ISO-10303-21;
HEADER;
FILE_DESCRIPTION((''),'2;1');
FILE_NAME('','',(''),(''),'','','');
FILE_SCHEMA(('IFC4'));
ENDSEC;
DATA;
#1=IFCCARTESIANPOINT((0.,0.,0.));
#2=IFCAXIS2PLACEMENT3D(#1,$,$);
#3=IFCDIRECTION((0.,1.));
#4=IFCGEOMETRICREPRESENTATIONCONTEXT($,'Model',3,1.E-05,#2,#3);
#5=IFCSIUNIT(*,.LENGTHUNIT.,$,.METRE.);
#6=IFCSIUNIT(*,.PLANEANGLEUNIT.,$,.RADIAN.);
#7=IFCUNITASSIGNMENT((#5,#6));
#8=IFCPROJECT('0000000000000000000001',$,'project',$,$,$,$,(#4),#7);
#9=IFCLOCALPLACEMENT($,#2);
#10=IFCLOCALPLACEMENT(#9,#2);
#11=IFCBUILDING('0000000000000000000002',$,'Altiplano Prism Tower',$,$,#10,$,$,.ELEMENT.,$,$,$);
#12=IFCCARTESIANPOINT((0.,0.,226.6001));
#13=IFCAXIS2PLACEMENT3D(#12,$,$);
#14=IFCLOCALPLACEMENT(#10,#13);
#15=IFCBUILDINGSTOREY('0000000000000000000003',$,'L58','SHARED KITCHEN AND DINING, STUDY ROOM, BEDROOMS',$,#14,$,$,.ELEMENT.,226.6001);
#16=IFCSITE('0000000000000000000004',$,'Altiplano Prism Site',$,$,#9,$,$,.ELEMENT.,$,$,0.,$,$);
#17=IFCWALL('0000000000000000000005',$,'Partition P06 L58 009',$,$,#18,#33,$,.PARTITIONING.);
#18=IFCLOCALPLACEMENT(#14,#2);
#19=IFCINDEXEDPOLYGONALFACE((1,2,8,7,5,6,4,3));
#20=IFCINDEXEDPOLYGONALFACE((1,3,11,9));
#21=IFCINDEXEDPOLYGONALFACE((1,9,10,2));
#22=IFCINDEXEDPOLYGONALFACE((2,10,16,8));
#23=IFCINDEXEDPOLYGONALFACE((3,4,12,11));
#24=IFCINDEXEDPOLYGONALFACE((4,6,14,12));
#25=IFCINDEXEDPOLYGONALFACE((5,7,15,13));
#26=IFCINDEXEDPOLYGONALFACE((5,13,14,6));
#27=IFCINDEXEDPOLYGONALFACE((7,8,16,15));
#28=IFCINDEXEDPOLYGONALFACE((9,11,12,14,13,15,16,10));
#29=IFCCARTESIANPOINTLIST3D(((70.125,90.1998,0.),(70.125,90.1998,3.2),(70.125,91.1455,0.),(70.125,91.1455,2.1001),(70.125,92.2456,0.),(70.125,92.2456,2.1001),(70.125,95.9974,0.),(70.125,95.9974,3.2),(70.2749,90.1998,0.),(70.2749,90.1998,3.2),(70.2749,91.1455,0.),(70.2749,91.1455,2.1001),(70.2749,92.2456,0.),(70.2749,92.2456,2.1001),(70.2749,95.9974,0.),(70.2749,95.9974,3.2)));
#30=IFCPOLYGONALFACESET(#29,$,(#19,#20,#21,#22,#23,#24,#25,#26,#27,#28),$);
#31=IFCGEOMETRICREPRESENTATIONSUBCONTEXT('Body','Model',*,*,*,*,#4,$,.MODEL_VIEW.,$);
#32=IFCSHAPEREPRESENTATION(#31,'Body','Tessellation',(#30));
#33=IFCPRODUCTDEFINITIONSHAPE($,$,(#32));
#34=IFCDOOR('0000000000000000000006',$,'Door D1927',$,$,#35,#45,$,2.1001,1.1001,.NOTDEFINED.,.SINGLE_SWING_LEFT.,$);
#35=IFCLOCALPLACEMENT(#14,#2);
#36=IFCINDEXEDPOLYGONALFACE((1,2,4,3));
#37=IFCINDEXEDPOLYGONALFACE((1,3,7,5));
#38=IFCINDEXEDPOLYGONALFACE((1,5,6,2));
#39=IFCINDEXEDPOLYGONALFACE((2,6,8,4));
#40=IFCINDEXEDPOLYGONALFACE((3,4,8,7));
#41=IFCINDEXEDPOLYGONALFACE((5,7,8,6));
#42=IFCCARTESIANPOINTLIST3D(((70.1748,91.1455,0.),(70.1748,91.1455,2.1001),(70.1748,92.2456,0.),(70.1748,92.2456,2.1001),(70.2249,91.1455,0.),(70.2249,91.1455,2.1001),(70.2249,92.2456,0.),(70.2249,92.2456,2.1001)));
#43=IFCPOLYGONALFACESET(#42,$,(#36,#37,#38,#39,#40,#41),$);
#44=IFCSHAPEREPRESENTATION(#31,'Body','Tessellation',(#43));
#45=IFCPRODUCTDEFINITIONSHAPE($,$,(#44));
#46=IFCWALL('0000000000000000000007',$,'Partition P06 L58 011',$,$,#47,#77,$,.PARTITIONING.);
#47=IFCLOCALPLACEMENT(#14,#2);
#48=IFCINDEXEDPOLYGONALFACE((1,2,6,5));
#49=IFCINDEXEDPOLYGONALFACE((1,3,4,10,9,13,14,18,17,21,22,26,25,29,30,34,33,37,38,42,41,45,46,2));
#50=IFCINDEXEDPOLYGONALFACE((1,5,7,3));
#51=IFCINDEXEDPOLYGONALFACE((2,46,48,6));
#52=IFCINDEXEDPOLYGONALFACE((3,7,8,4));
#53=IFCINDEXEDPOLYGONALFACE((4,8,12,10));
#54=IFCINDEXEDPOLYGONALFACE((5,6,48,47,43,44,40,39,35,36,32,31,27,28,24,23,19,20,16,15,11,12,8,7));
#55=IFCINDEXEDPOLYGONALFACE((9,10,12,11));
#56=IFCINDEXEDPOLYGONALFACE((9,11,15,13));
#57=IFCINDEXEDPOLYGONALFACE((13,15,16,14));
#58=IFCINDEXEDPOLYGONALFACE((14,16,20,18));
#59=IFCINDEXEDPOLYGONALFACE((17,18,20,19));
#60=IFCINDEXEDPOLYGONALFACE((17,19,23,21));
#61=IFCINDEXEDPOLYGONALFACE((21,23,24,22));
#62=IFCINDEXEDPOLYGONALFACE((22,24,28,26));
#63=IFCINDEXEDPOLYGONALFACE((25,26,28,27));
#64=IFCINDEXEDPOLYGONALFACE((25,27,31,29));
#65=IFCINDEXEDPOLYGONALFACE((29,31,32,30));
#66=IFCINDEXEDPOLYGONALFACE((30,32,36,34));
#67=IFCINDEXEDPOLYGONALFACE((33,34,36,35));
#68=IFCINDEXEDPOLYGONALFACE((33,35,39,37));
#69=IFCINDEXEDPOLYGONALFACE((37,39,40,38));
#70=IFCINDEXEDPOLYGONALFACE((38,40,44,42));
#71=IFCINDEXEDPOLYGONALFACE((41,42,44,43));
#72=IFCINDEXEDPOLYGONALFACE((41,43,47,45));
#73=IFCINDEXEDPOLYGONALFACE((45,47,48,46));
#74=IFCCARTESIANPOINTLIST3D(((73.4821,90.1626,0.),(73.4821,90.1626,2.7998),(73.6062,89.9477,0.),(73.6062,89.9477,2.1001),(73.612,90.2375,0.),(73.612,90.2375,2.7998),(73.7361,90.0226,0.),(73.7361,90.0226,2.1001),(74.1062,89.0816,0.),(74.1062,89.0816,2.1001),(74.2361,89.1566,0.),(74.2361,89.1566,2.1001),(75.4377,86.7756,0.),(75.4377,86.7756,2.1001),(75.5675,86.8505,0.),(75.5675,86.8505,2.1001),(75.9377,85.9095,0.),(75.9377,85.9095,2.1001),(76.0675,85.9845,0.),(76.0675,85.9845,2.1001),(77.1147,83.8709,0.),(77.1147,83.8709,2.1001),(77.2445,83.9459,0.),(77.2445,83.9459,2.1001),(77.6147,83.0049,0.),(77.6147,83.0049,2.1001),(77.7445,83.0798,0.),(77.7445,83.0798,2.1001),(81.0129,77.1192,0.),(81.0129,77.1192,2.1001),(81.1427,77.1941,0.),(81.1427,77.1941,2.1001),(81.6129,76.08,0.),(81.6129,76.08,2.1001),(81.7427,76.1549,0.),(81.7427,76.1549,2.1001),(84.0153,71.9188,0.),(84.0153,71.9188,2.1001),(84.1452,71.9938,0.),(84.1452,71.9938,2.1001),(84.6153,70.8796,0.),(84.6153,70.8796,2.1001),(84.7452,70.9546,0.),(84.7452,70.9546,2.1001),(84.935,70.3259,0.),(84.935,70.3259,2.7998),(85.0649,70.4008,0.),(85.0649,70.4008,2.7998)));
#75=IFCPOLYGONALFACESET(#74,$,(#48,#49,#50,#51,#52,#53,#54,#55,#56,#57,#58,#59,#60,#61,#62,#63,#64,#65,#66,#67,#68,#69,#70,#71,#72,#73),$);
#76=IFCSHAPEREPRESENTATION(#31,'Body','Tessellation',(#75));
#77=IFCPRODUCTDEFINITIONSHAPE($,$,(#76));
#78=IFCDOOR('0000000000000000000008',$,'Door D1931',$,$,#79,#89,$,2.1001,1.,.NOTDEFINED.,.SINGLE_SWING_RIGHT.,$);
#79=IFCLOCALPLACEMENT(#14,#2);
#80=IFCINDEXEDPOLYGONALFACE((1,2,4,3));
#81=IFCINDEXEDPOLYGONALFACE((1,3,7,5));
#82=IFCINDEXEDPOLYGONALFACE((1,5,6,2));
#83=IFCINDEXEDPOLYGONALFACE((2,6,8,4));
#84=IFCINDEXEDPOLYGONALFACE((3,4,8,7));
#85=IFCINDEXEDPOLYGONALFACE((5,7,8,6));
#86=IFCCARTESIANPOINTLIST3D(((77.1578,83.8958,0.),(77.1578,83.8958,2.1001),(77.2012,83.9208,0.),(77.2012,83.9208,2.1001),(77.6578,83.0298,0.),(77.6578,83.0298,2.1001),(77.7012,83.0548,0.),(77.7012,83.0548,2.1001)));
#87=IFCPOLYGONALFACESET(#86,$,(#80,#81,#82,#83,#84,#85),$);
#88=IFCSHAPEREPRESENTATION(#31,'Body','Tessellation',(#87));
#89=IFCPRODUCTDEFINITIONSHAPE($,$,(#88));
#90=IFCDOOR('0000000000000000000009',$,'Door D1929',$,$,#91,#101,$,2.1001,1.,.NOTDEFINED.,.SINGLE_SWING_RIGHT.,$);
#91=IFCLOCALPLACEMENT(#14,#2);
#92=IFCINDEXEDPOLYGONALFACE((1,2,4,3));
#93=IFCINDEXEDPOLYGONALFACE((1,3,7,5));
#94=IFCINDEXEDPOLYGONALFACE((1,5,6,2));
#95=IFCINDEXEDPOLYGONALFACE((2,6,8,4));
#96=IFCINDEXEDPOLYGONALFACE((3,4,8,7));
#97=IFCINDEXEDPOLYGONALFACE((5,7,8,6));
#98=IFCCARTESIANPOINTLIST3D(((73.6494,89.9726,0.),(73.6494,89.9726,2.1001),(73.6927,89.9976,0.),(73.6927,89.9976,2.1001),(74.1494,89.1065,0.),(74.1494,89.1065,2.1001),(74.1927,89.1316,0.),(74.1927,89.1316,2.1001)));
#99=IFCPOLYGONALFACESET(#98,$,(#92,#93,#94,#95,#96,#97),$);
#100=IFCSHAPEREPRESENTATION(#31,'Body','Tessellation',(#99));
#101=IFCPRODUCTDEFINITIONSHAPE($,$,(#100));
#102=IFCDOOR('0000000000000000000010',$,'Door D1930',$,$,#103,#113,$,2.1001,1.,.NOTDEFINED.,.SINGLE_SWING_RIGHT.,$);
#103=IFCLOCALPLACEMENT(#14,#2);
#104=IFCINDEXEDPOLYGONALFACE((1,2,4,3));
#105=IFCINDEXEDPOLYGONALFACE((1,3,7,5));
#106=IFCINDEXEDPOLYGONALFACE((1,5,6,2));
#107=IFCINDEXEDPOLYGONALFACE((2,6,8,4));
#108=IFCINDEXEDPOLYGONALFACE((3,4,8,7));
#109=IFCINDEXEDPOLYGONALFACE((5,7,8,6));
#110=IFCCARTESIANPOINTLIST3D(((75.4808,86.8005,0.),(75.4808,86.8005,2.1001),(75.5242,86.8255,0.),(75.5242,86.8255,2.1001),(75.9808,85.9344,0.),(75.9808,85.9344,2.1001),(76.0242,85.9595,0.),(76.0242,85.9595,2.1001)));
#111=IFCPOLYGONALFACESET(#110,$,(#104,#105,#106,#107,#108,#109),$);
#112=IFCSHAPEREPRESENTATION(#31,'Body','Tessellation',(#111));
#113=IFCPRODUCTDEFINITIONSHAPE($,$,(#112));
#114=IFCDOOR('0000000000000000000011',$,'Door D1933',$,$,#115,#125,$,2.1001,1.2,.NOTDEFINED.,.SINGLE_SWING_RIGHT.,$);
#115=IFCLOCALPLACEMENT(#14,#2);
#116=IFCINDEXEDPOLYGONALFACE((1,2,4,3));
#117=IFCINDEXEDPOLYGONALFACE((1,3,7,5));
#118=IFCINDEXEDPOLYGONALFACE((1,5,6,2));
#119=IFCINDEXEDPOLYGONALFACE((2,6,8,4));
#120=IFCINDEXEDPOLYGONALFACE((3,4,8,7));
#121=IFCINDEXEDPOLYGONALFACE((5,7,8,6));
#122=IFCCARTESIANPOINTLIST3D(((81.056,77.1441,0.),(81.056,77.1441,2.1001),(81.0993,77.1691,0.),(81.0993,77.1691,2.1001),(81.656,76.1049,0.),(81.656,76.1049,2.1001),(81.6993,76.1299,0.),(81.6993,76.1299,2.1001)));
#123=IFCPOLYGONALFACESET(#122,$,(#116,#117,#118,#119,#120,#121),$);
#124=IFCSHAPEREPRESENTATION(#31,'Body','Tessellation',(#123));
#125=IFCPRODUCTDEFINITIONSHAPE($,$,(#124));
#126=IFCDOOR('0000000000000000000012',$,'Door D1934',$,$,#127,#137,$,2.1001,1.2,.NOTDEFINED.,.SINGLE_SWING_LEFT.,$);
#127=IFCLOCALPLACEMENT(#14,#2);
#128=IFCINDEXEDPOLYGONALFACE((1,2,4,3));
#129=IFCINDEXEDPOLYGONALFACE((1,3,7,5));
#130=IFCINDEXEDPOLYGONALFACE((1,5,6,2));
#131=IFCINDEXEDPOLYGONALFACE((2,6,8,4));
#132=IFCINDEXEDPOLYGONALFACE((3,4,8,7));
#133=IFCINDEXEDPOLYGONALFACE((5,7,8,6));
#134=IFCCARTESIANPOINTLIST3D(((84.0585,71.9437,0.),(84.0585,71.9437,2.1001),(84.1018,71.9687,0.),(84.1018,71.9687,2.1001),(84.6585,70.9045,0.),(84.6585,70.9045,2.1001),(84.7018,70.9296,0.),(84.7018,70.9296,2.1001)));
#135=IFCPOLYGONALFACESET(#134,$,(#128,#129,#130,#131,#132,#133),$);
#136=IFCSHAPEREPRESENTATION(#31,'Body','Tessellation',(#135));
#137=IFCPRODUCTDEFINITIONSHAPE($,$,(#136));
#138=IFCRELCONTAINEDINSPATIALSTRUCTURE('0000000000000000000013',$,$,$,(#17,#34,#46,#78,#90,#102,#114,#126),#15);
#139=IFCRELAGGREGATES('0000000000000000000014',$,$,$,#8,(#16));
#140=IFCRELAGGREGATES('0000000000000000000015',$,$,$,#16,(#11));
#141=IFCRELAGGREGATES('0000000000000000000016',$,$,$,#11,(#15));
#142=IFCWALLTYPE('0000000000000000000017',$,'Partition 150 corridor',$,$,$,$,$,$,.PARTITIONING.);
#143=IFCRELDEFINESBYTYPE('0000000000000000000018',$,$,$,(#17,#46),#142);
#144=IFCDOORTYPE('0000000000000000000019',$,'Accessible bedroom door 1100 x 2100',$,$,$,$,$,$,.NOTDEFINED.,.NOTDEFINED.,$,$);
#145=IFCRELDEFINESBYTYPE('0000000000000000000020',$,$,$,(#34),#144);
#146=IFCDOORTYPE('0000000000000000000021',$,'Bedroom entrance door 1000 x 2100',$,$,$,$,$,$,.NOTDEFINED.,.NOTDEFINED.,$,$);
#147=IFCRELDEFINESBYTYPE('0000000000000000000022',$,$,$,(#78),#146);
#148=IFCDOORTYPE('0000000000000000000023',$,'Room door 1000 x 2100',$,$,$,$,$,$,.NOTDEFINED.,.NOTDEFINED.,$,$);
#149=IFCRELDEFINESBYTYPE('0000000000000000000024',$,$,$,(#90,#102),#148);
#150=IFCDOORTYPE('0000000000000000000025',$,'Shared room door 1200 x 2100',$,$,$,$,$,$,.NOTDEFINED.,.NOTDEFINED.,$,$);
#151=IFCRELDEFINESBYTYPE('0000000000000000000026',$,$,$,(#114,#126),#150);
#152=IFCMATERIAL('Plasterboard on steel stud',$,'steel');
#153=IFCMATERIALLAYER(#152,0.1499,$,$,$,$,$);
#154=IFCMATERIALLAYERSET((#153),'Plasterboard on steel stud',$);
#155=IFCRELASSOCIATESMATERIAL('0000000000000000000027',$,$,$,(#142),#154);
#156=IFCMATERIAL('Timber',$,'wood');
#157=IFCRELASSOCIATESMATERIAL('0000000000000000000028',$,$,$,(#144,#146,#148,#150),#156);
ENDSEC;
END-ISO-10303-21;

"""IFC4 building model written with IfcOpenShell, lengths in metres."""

from ifc_helpers import new_model, si_unit, direction, frame, frame_2d, origin, place, context, subcontext, project, spatial, rectangle, extrude, material, layer, layer_set, type_object, element, fill, save


model = new_model("IFC4")

# Units and contexts
model_context = context("Model", 3, precision=1e-05, world=origin(), true_north=direction((0.0, 1.0)))
body_context = subcontext(model_context, "Body", "Model", "MODEL_VIEW")
ifc_project = project(units=[si_unit("LENGTHUNIT", "METRE"), si_unit("PLANEANGLEUNIT", "RADIAN")], contexts=[model_context])

# Site, building, storey
site_placement = place(None, origin())
site = spatial("IfcSite", under=ifc_project, at=site_placement, Name="Altiplano Prism Site", CompositionType="ELEMENT", RefElevation=0.0)
building_placement = place(site_placement, origin())
building = spatial("IfcBuilding", under=site, at=building_placement, Name="Altiplano Prism Tower", CompositionType="ELEMENT")
storey_placement = place(building_placement, frame((0.0, 0.0, 226.6001)))
storey = spatial("IfcBuildingStorey", under=building, at=storey_placement, Name="L58", Description="SHARED KITCHEN AND DINING, STUDY ROOM, BEDROOMS", CompositionType="ELEMENT", Elevation=226.6001)

# Shared definitions
ifc_material_1 = material(Name="Plasterboard on steel stud", Category="steel")
ifc_layer_1 = layer(ifc_material_1, 0.1499)
ifc_layer_set_1 = layer_set([ifc_layer_1], Name="Plasterboard on steel stud")
wall_type_1 = type_object("IfcWallType", Name="Partition 150 corridor", PredefinedType="PARTITIONING", material=ifc_layer_set_1)

# Wall, opening, door
wall_1_placement = place(storey_placement, frame((70.2, 95.9976, 0.0), z_axis=(0.0, 0.0, 1.0), x_axis=(0.0, -1.0, 0.0)))
wall_1 = element("IfcWall", 1, at=wall_1_placement, inside=storey, type_object=wall_type_1, Name="Partition P06 L58 009", PredefinedType="PARTITIONING", context=body_context, shape_type="SweptSolid", body=[
    extrude(rectangle(XDim=5.7976, YDim=0.1499, at=frame_2d((2.8989, 0.0))), origin(), (0.0, 0.0, 1.0), 3.2),
])
opening_1_placement = place(wall_1_placement, frame((3.752, 0.0, 0.0)))
opening_1 = element("IfcOpeningElement", 2, at=opening_1_placement, cuts=wall_1, PredefinedType="OPENING", context=body_context, shape_type="SweptSolid", body=[
    extrude(rectangle(XDim=1.1001, YDim=2.1001, at=frame_2d((0.55, 1.05))), frame((0.0, 0.0854, 0.0), z_axis=(0.0, -1.0, 0.0), x_axis=(1.0, 0.0, 0.0)), (0.0, 0.0, 1.0), 0.1709),
])
ifc_material_2 = material(Name="Timber", Category="wood")
door_type_1 = type_object("IfcDoorType", Name="Accessible bedroom door 1100 x 2100", OperationType="NOTDEFINED", PredefinedType="NOTDEFINED", material=ifc_material_2)
door_1_placement = place(opening_1_placement, origin())
door_1 = element("IfcDoor", 3, at=door_1_placement, inside=storey, type_object=door_type_1, Name="Door D1927", OperationType="SINGLE_SWING_LEFT", OverallHeight=2.1001, OverallWidth=1.1001, PredefinedType="NOTDEFINED", context=body_context, shape_type="SweptSolid", body=[
    extrude(rectangle(XDim=1.1001, YDim=2.1001, at=frame_2d((0.55, 1.05))), frame((0.0, 0.0249, 0.0), z_axis=(0.0, -1.0, 0.0), x_axis=(1.0, 0.0, 0.0)), (0.0, 0.0, 1.0), 0.05),
])
fill(opening_1, door_1)

# Wall, openings, doors
wall_2_placement = place(storey_placement, frame((73.5471, 90.2, 0.0), z_axis=(0.0, 0.0, 1.0), x_axis=(0.500006, -0.866022, 0.0)))
wall_2 = element("IfcWall", 4, at=wall_2_placement, inside=storey, type_object=wall_type_1, Name="Partition P06 L58 011", PredefinedType="PARTITIONING", context=body_context, shape_type="SweptSolid", body=[
    extrude(rectangle(XDim=22.9055, YDim=0.1499, at=frame_2d((11.4526, 0.0))), origin(), (0.0, 0.0, 1.0), 2.7998),
])
opening_2_placement = place(wall_2_placement, frame((0.248, 0.0, 0.0)))
opening_2 = element("IfcOpeningElement", 5, at=opening_2_placement, cuts=wall_2, PredefinedType="OPENING", context=body_context, shape_type="SweptSolid", body=[
    extrude(rectangle(XDim=1.0, YDim=2.1001, at=frame_2d((0.5, 1.05))), frame((0.0, 0.0854, 0.0), z_axis=(0.0, -1.0, 0.0), x_axis=(1.0, 0.0, 0.0)), (0.0, 0.0, 1.0), 0.1709),
])
opening_3_placement = place(wall_2_placement, frame((3.9109, 0.0, 0.0)))
opening_3 = element("IfcOpeningElement", 6, at=opening_3_placement, cuts=wall_2, PredefinedType="OPENING", context=body_context, shape_type="SweptSolid", body=[
    extrude(rectangle(XDim=1.0, YDim=2.1001, at=frame_2d((0.5, 1.05))), frame((0.0, 0.0854, 0.0), z_axis=(0.0, -1.0, 0.0), x_axis=(1.0, 0.0, 0.0)), (0.0, 0.0, 1.0), 0.1709),
])
opening_4_placement = place(wall_2_placement, frame((7.2649, 0.0, 0.0)))
opening_4 = element("IfcOpeningElement", 7, at=opening_4_placement, cuts=wall_2, PredefinedType="OPENING", context=body_context, shape_type="SweptSolid", body=[
    extrude(rectangle(XDim=1.0, YDim=2.1001, at=frame_2d((0.5, 1.05))), frame((0.0, 0.0854, 0.0), z_axis=(0.0, -1.0, 0.0), x_axis=(1.0, 0.0, 0.0)), (0.0, 0.0, 1.0), 0.1709),
])
opening_5_placement = place(wall_2_placement, frame((15.061, 0.0, 0.0)))
opening_5 = element("IfcOpeningElement", 8, at=opening_5_placement, cuts=wall_2, PredefinedType="OPENING", context=body_context, shape_type="SweptSolid", body=[
    extrude(rectangle(XDim=1.2, YDim=2.1001, at=frame_2d((0.6001, 1.05))), frame((0.0, 0.0854, 0.0), z_axis=(0.0, -1.0, 0.0), x_axis=(1.0, 0.0, 0.0)), (0.0, 0.0, 1.0), 0.1709),
])
opening_6_placement = place(wall_2_placement, frame((21.0659, 0.0, 0.0)))
opening_6 = element("IfcOpeningElement", 9, at=opening_6_placement, cuts=wall_2, PredefinedType="OPENING", context=body_context, shape_type="SweptSolid", body=[
    extrude(rectangle(XDim=1.2, YDim=2.1001, at=frame_2d((0.6001, 1.05))), frame((0.0, 0.0854, 0.0), z_axis=(0.0, -1.0, 0.0), x_axis=(1.0, 0.0, 0.0)), (0.0, 0.0, 1.0), 0.1709),
])
door_type_2 = type_object("IfcDoorType", Name="Bedroom entrance door 1000 x 2100", OperationType="NOTDEFINED", PredefinedType="NOTDEFINED", material=ifc_material_2)
door_2_placement = place(opening_4_placement, origin())
door_2 = element("IfcDoor", 10, at=door_2_placement, inside=storey, type_object=door_type_2, Name="Door D1931", OperationType="SINGLE_SWING_RIGHT", OverallHeight=2.1001, OverallWidth=1.0, PredefinedType="NOTDEFINED", context=body_context, shape_type="SweptSolid", body=[
    extrude(rectangle(XDim=1.0, YDim=2.1001, at=frame_2d((0.5, 1.05))), frame((0.0, 0.0249, 0.0), z_axis=(0.0, -1.0, 0.0), x_axis=(1.0, 0.0, 0.0)), (0.0, 0.0, 1.0), 0.05),
])
fill(opening_4, door_2)
door_type_3 = type_object("IfcDoorType", Name="Room door 1000 x 2100", OperationType="NOTDEFINED", PredefinedType="NOTDEFINED", material=ifc_material_2)
door_3_placement = place(opening_2_placement, origin())
door_3 = element("IfcDoor", 11, at=door_3_placement, inside=storey, type_object=door_type_3, Name="Door D1929", OperationType="SINGLE_SWING_RIGHT", OverallHeight=2.1001, OverallWidth=1.0, PredefinedType="NOTDEFINED", context=body_context, shape_type="SweptSolid", body=[
    extrude(rectangle(XDim=1.0, YDim=2.1001, at=frame_2d((0.5, 1.05))), frame((0.0, 0.0249, 0.0), z_axis=(0.0, -1.0, 0.0), x_axis=(1.0, 0.0, 0.0)), (0.0, 0.0, 1.0), 0.05),
])
fill(opening_2, door_3)
door_4_placement = place(opening_3_placement, origin())
door_4 = element("IfcDoor", 12, at=door_4_placement, inside=storey, type_object=door_type_3, Name="Door D1930", OperationType="SINGLE_SWING_RIGHT", OverallHeight=2.1001, OverallWidth=1.0, PredefinedType="NOTDEFINED", context=body_context, shape_type="SweptSolid", body=[
    extrude(rectangle(XDim=1.0, YDim=2.1001, at=frame_2d((0.5, 1.05))), frame((0.0, 0.0249, 0.0), z_axis=(0.0, -1.0, 0.0), x_axis=(1.0, 0.0, 0.0)), (0.0, 0.0, 1.0), 0.05),
])
fill(opening_3, door_4)
door_type_4 = type_object("IfcDoorType", Name="Shared room door 1200 x 2100", OperationType="NOTDEFINED", PredefinedType="NOTDEFINED", material=ifc_material_2)
door_5_placement = place(opening_5_placement, origin())
door_5 = element("IfcDoor", 13, at=door_5_placement, inside=storey, type_object=door_type_4, Name="Door D1933", OperationType="SINGLE_SWING_RIGHT", OverallHeight=2.1001, OverallWidth=1.2, PredefinedType="NOTDEFINED", context=body_context, shape_type="SweptSolid", body=[
    extrude(rectangle(XDim=1.2, YDim=2.1001, at=frame_2d((0.6001, 1.05))), frame((0.0, 0.0249, 0.0), z_axis=(0.0, -1.0, 0.0), x_axis=(1.0, 0.0, 0.0)), (0.0, 0.0, 1.0), 0.05),
])
fill(opening_5, door_5)
door_6_placement = place(opening_6_placement, origin())
door_6 = element("IfcDoor", 14, at=door_6_placement, inside=storey, type_object=door_type_4, Name="Door D1934", OperationType="SINGLE_SWING_LEFT", OverallHeight=2.1001, OverallWidth=1.2, PredefinedType="NOTDEFINED", context=body_context, shape_type="SweptSolid", body=[
    extrude(rectangle(XDim=1.2, YDim=2.1001, at=frame_2d((0.6001, 1.05))), frame((0.0, 0.0249, 0.0), z_axis=(0.0, -1.0, 0.0), x_axis=(1.0, 0.0, 0.0)), (0.0, 0.0, 1.0), 0.05),
])
fill(opening_6, door_6)

save(model, "model.ifc")
